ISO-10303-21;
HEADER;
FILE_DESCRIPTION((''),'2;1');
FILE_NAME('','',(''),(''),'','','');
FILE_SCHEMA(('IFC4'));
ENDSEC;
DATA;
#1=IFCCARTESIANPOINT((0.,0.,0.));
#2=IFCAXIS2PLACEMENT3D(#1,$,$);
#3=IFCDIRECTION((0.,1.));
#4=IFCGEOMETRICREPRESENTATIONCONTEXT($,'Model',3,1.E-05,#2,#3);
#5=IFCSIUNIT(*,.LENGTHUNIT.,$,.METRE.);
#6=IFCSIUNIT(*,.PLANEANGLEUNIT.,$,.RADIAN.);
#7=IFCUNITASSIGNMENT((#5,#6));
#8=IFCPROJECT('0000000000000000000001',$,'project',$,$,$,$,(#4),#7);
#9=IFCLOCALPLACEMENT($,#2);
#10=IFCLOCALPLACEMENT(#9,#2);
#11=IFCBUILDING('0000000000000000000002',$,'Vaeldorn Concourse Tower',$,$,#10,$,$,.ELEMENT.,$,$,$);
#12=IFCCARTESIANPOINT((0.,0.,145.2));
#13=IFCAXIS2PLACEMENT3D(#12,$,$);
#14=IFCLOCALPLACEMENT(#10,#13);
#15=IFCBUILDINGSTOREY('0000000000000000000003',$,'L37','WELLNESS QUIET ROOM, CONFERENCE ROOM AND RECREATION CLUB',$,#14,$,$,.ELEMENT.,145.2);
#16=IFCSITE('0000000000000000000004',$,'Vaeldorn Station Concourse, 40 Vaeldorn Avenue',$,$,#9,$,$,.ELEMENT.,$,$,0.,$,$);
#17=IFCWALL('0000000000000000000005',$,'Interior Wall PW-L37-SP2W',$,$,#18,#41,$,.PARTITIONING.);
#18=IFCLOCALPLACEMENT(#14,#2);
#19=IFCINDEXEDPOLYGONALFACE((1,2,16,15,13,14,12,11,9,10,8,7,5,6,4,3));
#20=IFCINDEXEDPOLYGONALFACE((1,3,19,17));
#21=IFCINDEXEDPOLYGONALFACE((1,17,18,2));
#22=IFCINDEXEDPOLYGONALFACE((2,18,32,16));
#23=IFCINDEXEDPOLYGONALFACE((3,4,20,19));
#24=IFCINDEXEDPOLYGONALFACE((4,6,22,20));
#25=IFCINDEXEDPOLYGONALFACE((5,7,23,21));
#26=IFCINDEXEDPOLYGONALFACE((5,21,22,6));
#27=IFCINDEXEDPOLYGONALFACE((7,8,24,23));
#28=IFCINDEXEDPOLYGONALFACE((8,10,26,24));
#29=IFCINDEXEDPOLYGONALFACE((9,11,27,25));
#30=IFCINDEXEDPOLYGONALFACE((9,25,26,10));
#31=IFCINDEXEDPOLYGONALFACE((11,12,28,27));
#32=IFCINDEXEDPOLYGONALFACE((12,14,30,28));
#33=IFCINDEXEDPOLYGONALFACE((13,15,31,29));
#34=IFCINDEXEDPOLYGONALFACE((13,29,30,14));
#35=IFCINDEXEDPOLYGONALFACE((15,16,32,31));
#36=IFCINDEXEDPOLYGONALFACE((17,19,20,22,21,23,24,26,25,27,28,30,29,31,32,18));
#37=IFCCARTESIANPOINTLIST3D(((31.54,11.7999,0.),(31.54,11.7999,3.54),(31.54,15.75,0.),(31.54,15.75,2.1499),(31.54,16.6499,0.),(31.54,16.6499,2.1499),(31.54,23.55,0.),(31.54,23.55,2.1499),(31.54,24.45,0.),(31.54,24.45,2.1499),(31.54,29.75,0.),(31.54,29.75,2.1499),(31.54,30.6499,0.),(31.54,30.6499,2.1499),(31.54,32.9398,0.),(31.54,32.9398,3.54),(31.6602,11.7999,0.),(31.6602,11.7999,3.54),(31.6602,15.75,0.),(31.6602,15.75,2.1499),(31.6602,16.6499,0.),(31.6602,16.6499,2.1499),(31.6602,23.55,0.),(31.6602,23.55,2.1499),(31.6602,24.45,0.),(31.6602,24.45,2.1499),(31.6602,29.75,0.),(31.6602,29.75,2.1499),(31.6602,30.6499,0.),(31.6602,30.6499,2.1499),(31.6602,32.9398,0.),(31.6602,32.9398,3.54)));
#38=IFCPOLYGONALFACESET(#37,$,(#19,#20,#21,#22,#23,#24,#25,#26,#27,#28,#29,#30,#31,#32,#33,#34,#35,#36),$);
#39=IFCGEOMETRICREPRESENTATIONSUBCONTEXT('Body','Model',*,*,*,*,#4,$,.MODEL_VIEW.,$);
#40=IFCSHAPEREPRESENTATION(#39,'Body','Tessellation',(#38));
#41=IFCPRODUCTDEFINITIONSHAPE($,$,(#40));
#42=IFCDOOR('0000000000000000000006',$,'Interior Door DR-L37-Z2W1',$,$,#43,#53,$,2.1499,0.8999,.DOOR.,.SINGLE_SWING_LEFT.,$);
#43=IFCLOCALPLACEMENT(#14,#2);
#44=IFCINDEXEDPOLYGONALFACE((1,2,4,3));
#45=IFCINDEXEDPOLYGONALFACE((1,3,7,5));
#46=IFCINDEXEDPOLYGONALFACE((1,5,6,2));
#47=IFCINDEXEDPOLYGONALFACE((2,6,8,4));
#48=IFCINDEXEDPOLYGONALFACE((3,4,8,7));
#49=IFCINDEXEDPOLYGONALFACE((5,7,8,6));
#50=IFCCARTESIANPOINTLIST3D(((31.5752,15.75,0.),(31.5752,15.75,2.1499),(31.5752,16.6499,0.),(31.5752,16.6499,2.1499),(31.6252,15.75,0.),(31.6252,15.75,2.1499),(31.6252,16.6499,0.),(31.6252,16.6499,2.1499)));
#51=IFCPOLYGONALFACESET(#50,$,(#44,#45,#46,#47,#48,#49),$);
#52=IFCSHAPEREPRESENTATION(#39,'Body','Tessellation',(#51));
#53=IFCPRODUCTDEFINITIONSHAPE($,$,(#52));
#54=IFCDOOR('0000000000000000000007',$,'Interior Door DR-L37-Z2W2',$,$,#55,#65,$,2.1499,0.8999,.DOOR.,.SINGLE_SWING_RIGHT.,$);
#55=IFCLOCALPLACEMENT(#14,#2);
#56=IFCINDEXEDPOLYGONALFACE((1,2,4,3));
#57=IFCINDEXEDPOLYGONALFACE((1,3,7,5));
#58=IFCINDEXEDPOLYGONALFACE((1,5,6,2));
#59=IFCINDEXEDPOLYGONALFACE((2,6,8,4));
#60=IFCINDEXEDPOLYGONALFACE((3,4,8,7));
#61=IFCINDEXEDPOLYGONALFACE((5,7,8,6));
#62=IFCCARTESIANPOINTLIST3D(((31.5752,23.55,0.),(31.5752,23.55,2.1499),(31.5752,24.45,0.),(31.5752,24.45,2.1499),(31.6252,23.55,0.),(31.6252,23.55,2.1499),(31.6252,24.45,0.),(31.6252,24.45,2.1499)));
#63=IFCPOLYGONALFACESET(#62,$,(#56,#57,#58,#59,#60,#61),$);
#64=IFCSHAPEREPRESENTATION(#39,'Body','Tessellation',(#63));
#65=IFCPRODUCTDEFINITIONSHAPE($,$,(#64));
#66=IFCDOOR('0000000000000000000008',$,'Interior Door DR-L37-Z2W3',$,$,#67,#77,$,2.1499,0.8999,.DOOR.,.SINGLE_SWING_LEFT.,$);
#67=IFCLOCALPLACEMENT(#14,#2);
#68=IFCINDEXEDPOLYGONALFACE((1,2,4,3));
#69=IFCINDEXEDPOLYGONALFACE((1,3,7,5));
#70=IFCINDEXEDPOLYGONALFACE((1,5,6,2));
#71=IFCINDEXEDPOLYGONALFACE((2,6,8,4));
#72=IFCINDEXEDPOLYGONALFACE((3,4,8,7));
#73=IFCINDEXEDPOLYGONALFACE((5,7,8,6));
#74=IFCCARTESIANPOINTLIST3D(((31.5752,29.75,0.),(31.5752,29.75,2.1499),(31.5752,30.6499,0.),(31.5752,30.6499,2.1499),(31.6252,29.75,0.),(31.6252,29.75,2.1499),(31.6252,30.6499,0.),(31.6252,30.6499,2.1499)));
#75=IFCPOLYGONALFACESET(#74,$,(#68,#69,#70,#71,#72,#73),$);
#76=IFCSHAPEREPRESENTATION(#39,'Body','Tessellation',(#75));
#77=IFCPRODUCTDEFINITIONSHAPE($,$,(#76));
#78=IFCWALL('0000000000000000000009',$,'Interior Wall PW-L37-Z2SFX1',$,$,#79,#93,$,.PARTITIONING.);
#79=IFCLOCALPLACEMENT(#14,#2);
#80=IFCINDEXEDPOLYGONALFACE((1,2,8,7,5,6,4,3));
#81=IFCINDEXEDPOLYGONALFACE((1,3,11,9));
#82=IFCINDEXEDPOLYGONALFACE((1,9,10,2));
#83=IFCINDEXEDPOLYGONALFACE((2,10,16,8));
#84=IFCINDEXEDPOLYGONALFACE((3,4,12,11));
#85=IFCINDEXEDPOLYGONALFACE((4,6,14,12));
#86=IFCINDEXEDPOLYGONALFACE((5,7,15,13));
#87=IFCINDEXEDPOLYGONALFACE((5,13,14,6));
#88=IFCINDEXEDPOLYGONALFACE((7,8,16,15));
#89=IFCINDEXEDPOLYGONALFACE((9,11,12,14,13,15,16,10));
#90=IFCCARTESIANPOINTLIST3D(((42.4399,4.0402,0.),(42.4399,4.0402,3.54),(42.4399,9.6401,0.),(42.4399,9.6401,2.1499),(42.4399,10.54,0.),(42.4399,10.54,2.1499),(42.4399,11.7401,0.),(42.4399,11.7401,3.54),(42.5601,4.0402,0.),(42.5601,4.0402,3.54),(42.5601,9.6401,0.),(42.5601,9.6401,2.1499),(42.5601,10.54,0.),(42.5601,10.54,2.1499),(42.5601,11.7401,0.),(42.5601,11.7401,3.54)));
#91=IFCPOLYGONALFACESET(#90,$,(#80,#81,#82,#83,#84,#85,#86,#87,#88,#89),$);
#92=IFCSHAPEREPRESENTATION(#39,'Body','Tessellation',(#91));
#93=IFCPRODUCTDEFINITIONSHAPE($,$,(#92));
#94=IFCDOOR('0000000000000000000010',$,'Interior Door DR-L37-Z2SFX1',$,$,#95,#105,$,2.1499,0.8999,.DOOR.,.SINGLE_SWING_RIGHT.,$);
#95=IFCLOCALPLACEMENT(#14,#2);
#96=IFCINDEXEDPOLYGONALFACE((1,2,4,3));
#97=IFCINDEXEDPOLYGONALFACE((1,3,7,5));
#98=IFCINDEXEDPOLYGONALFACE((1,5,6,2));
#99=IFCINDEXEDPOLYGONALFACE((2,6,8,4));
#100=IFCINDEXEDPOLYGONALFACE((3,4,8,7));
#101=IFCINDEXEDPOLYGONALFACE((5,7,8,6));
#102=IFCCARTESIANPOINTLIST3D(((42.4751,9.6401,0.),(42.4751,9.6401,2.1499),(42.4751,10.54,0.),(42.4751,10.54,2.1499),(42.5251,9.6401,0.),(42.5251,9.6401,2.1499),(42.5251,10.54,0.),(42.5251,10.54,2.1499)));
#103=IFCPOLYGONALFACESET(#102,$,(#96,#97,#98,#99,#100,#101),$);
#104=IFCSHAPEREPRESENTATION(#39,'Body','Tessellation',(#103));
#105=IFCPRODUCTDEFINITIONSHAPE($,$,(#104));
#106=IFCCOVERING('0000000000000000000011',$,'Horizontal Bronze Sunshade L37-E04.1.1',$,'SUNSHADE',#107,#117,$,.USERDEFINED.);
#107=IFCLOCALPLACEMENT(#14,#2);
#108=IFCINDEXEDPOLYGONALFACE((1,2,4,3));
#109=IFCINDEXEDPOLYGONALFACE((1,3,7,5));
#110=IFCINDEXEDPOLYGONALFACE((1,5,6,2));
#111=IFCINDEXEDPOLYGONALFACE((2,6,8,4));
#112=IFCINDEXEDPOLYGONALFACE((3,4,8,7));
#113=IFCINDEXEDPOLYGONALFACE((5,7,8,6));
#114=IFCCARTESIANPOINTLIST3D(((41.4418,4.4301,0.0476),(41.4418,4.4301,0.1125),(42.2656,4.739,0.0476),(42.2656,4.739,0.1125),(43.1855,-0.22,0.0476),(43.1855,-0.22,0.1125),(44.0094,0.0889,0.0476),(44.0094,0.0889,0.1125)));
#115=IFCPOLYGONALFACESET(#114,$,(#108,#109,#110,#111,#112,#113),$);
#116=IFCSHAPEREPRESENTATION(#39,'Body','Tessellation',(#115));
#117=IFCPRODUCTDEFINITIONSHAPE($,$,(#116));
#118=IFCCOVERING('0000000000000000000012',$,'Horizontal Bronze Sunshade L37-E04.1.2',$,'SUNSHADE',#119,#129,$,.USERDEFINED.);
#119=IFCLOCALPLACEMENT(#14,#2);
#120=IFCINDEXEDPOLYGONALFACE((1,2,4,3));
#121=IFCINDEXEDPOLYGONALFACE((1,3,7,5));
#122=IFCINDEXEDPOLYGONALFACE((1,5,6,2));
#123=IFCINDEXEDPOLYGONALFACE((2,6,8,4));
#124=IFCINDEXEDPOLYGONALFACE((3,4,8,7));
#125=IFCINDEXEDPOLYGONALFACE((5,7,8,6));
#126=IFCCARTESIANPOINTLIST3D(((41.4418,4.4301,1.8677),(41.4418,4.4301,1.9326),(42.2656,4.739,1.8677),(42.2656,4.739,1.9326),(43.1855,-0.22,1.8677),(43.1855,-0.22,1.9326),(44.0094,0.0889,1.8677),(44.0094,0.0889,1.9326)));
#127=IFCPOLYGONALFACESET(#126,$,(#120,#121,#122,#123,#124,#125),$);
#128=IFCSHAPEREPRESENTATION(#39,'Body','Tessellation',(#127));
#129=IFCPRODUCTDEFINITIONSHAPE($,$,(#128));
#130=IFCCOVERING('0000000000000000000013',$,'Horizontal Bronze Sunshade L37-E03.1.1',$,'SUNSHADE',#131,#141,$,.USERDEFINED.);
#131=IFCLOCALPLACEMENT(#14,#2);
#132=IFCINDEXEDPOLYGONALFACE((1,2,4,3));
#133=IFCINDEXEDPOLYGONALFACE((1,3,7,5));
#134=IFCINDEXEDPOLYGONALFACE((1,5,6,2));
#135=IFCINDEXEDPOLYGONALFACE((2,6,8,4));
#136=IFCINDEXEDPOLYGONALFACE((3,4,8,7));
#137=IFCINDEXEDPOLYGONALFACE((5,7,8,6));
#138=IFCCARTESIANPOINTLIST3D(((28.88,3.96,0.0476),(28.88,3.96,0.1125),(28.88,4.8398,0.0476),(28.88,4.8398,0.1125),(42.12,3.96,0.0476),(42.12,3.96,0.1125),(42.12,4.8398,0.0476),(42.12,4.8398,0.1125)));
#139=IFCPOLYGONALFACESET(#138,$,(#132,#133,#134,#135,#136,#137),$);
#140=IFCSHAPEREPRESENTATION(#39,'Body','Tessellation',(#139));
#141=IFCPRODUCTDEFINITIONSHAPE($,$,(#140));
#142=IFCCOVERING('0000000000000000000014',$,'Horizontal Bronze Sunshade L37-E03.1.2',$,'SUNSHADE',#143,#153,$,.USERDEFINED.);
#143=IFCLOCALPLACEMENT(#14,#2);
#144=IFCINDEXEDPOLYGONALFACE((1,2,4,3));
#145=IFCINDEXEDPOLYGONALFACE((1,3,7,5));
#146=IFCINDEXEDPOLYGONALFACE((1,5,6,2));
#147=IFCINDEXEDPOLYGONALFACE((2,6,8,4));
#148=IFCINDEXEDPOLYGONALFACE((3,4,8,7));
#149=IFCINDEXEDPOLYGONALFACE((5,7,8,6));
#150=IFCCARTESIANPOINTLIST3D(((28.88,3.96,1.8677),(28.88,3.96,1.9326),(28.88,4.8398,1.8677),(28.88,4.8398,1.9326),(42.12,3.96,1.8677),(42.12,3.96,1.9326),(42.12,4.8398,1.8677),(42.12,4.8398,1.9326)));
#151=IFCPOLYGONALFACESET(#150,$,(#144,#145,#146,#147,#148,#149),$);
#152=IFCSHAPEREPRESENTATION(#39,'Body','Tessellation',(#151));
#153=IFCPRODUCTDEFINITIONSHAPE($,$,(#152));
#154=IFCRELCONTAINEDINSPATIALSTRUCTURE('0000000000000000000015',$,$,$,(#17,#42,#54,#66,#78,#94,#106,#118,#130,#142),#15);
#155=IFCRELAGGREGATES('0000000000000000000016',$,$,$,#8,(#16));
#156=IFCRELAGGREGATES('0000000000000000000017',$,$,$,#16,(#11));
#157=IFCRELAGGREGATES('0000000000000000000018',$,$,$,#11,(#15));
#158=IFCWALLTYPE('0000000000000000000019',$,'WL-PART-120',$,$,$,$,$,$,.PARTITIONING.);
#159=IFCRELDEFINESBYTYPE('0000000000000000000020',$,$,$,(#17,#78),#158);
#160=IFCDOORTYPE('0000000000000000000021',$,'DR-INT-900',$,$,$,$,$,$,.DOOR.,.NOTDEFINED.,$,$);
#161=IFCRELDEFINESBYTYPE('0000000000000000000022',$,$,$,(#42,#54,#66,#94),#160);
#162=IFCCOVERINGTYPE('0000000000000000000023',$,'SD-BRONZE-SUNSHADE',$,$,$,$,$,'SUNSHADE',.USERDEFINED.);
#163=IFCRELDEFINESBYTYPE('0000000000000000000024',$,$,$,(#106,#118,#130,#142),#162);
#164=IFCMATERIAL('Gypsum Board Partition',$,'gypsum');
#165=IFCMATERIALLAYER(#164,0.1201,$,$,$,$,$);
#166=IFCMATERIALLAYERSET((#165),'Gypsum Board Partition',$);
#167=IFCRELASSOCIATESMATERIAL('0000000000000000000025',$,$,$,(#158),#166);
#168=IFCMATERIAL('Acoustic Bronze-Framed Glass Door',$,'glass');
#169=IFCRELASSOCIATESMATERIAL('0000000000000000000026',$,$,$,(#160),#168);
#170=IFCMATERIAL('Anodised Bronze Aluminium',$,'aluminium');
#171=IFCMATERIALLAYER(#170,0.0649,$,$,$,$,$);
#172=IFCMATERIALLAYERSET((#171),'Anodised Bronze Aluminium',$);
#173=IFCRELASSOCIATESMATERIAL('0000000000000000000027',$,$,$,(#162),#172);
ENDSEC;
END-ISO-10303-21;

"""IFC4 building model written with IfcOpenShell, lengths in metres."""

from ifc_helpers import new_model, si_unit, direction, frame, frame_2d, origin, origin_2d, place, context, subcontext, project, spatial, rectangle, extrude, source, transform, mapped, material, layer, layer_set, type_object, element, fill, save


model = new_model("IFC4")

# Units and contexts
model_context = context("Model", 3, precision=1e-05, world=origin(), true_north=direction((0.0, 1.0)))
body_context = subcontext(model_context, "Body", "Model", "MODEL_VIEW")
ifc_project = project(units=[si_unit("LENGTHUNIT", "METRE"), si_unit("PLANEANGLEUNIT", "RADIAN")], contexts=[model_context])

# Site, building, storey
site_placement = place(None, origin())
site = spatial("IfcSite", under=ifc_project, at=site_placement, Name="Vaeldorn Station Concourse, 40 Vaeldorn Avenue", CompositionType="ELEMENT", RefElevation=0.0)
building_placement = place(site_placement, origin())
building = spatial("IfcBuilding", under=site, at=building_placement, Name="Vaeldorn Concourse Tower", CompositionType="ELEMENT")
storey_placement = place(building_placement, frame((0.0, 0.0, 145.2)))
storey = spatial("IfcBuildingStorey", under=building, at=storey_placement, Name="L37", Description="WELLNESS QUIET ROOM, CONFERENCE ROOM AND RECREATION CLUB", CompositionType="ELEMENT", Elevation=145.2)

# Shared definitions
ifc_material_1 = material(Name="Anodised Bronze Aluminium", Category="aluminium")

# Wall, openings, doors
ifc_material_2 = material(Name="Gypsum Board Partition", Category="gypsum")
ifc_layer_1 = layer(ifc_material_2, 0.1201)
ifc_layer_set_1 = layer_set([ifc_layer_1], Name="Gypsum Board Partition")
wall_type = type_object("IfcWallType", Name="WL-PART-120", PredefinedType="PARTITIONING", material=ifc_layer_set_1)
wall_1_placement = place(storey_placement, frame((31.6001, 11.8, 0.0), z_axis=(0.0, 0.0, 1.0), x_axis=(0.0, 1.0, 0.0)))
wall_1 = element("IfcWall", 1, at=wall_1_placement, inside=storey, type_object=wall_type, Name="Interior Wall PW-L37-SP2W", PredefinedType="PARTITIONING", context=body_context, shape_type="SweptSolid", body=[
    extrude(rectangle(XDim=21.1399, YDim=0.1201, at=frame_2d((10.5698, 0.0))), origin(), (0.0, 0.0, 1.0), 3.54),
])
opening_1_placement = place(wall_1_placement, frame((3.95, 0.0, 0.0)))
opening_1 = element("IfcOpeningElement", 2, at=opening_1_placement, cuts=wall_1, PredefinedType="OPENING", context=body_context, shape_type="SweptSolid", body=[
    extrude(rectangle(XDim=0.8999, YDim=2.1499, at=frame_2d((0.45, 1.075))), frame((0.0, 0.0701, 0.0), z_axis=(0.0, -1.0, 0.0), x_axis=(1.0, 0.0, 0.0)), (0.0, 0.0, 1.0), 0.1401),
])
opening_2_placement = place(wall_1_placement, frame((11.75, 0.0, 0.0)))
opening_2 = element("IfcOpeningElement", 3, at=opening_2_placement, cuts=wall_1, PredefinedType="OPENING", context=body_context, shape_type="SweptSolid", body=[
    extrude(rectangle(XDim=0.8999, YDim=2.1499, at=frame_2d((0.45, 1.075))), frame((0.0, 0.0701, 0.0), z_axis=(0.0, -1.0, 0.0), x_axis=(1.0, 0.0, 0.0)), (0.0, 0.0, 1.0), 0.1401),
])
opening_3_placement = place(wall_1_placement, frame((17.95, 0.0, 0.0)))
opening_3 = element("IfcOpeningElement", 4, at=opening_3_placement, cuts=wall_1, PredefinedType="OPENING", context=body_context, shape_type="SweptSolid", body=[
    extrude(rectangle(XDim=0.8999, YDim=2.1499, at=frame_2d((0.45, 1.075))), frame((0.0, 0.0701, 0.0), z_axis=(0.0, -1.0, 0.0), x_axis=(1.0, 0.0, 0.0)), (0.0, 0.0, 1.0), 0.1401),
])
ifc_material_3 = material(Name="Acoustic Bronze-Framed Glass Door", Category="glass")
door_type = type_object("IfcDoorType", Name="DR-INT-900", OperationType="NOTDEFINED", PredefinedType="DOOR", material=ifc_material_3)
shared_shape_1 = source(origin(), body_context, "Body", "SweptSolid", [
    extrude(rectangle(XDim=0.8999, YDim=2.1499, at=frame_2d((0.45, 1.075))), frame((0.0, 0.0249, 0.0), z_axis=(0.0, -1.0, 0.0), x_axis=(1.0, 0.0, 0.0)), (0.0, 0.0, 1.0), 0.05),
])
door_1_placement = place(opening_1_placement, origin())
door_1 = element("IfcDoor", 5, at=door_1_placement, inside=storey, type_object=door_type, Name="Interior Door DR-L37-Z2W1", OperationType="SINGLE_SWING_LEFT", OverallHeight=2.1499, OverallWidth=0.8999, PredefinedType="DOOR", context=body_context, shape_type="MappedRepresentation", body=[
    mapped(shared_shape_1, transform((0.0, 0.0, 0.0), scale=1.0)),
])
fill(opening_1, door_1)
door_2_placement = place(opening_2_placement, origin())
door_2 = element("IfcDoor", 6, at=door_2_placement, inside=storey, type_object=door_type, Name="Interior Door DR-L37-Z2W2", OperationType="SINGLE_SWING_RIGHT", OverallHeight=2.1499, OverallWidth=0.8999, PredefinedType="DOOR", context=body_context, shape_type="MappedRepresentation", body=[
    mapped(shared_shape_1, transform((0.0, 0.0, 0.0), scale=1.0)),
])
fill(opening_2, door_2)
door_3_placement = place(opening_3_placement, origin())
door_3 = element("IfcDoor", 7, at=door_3_placement, inside=storey, type_object=door_type, Name="Interior Door DR-L37-Z2W3", OperationType="SINGLE_SWING_LEFT", OverallHeight=2.1499, OverallWidth=0.8999, PredefinedType="DOOR", context=body_context, shape_type="MappedRepresentation", body=[
    mapped(shared_shape_1, transform((0.0, 0.0, 0.0), scale=1.0)),
])
fill(opening_3, door_3)

# Wall, opening, door
wall_2_placement = place(storey_placement, frame((42.5, 4.04, 0.0), z_axis=(0.0, 0.0, 1.0), x_axis=(0.0, 1.0, 0.0)))
wall_2 = element("IfcWall", 8, at=wall_2_placement, inside=storey, type_object=wall_type, Name="Interior Wall PW-L37-Z2SFX1", PredefinedType="PARTITIONING", context=body_context, shape_type="SweptSolid", body=[
    extrude(rectangle(XDim=7.7, YDim=0.1201, at=frame_2d((3.8501, 0.0))), origin(), (0.0, 0.0, 1.0), 3.54),
])
opening_4_placement = place(wall_2_placement, frame((5.6001, 0.0, 0.0)))
opening_4 = element("IfcOpeningElement", 9, at=opening_4_placement, cuts=wall_2, PredefinedType="OPENING", context=body_context, shape_type="SweptSolid", body=[
    extrude(rectangle(XDim=0.8999, YDim=2.1499, at=frame_2d((0.45, 1.075))), frame((0.0, 0.0701, 0.0), z_axis=(0.0, -1.0, 0.0), x_axis=(1.0, 0.0, 0.0)), (0.0, 0.0, 1.0), 0.1401),
])
door_4_placement = place(opening_4_placement, origin())
door_4 = element("IfcDoor", 10, at=door_4_placement, inside=storey, type_object=door_type, Name="Interior Door DR-L37-Z2SFX1", OperationType="SINGLE_SWING_RIGHT", OverallHeight=2.1499, OverallWidth=0.8999, PredefinedType="DOOR", context=body_context, shape_type="MappedRepresentation", body=[
    mapped(shared_shape_1, transform((0.0, 0.0, 0.0), scale=1.0)),
])
fill(opening_4, door_4)

# Coverings
ifc_layer_2 = layer(ifc_material_1, 0.0649)
ifc_layer_set_2 = layer_set([ifc_layer_2], Name="Anodised Bronze Aluminium")
covering_type = type_object("IfcCoveringType", Name="SD-BRONZE-SUNSHADE", ElementType="SUNSHADE", PredefinedType="USERDEFINED", material=ifc_layer_set_2)
shared_shape_2 = source(origin(), body_context, "Body", "SweptSolid", [
    extrude(rectangle(XDim=4.9663, YDim=0.8799, at=origin_2d()), origin(), (0.0, 0.0, 1.0), 0.0649),
])
for number, where, z_axis, x_axis, name in (
    (11, (42.7256, 2.2595, 0.0476), (0.0, 0.0, 1.0), (0.351123, -0.936329, 0.0), "Horizontal Bronze Sunshade L37-E04.1.1"),
    (12, (42.7256, 2.2595, 1.8677), (0.0, 0.0, 1.0), (0.351123, -0.936329, 0.0), "Horizontal Bronze Sunshade L37-E04.1.2"),
):
    element("IfcCovering", number, at=place(storey_placement, frame(where, z_axis=z_axis, x_axis=x_axis)), inside=storey, type_object=covering_type, Name=name, ObjectType="SUNSHADE", PredefinedType="USERDEFINED", context=body_context, shape_type="MappedRepresentation", body=[
        mapped(shared_shape_2, transform((0.0, 0.0, 0.0), scale=1.0)),
    ])
shared_shape_3 = source(origin(), body_context, "Body", "SweptSolid", [
    extrude(rectangle(XDim=13.24, YDim=0.8799, at=origin_2d()), origin(), (0.0, 0.0, 1.0), 0.0649),
])
for number, where, z_axis, x_axis, name in (
    (13, (35.5, 4.3999, 0.0476), (0.0, 0.0, 1.0), (1.0, 0.0, 0.0), "Horizontal Bronze Sunshade L37-E03.1.1"),
    (14, (35.5, 4.3999, 1.8677), (0.0, 0.0, 1.0), (1.0, 0.0, 0.0), "Horizontal Bronze Sunshade L37-E03.1.2"),
):
    element("IfcCovering", number, at=place(storey_placement, frame(where, z_axis=z_axis, x_axis=x_axis)), inside=storey, type_object=covering_type, Name=name, ObjectType="SUNSHADE", PredefinedType="USERDEFINED", context=body_context, shape_type="MappedRepresentation", body=[
        mapped(shared_shape_3, transform((0.0, 0.0, 0.0), scale=1.0)),
    ])

save(model, "model.ifc")
